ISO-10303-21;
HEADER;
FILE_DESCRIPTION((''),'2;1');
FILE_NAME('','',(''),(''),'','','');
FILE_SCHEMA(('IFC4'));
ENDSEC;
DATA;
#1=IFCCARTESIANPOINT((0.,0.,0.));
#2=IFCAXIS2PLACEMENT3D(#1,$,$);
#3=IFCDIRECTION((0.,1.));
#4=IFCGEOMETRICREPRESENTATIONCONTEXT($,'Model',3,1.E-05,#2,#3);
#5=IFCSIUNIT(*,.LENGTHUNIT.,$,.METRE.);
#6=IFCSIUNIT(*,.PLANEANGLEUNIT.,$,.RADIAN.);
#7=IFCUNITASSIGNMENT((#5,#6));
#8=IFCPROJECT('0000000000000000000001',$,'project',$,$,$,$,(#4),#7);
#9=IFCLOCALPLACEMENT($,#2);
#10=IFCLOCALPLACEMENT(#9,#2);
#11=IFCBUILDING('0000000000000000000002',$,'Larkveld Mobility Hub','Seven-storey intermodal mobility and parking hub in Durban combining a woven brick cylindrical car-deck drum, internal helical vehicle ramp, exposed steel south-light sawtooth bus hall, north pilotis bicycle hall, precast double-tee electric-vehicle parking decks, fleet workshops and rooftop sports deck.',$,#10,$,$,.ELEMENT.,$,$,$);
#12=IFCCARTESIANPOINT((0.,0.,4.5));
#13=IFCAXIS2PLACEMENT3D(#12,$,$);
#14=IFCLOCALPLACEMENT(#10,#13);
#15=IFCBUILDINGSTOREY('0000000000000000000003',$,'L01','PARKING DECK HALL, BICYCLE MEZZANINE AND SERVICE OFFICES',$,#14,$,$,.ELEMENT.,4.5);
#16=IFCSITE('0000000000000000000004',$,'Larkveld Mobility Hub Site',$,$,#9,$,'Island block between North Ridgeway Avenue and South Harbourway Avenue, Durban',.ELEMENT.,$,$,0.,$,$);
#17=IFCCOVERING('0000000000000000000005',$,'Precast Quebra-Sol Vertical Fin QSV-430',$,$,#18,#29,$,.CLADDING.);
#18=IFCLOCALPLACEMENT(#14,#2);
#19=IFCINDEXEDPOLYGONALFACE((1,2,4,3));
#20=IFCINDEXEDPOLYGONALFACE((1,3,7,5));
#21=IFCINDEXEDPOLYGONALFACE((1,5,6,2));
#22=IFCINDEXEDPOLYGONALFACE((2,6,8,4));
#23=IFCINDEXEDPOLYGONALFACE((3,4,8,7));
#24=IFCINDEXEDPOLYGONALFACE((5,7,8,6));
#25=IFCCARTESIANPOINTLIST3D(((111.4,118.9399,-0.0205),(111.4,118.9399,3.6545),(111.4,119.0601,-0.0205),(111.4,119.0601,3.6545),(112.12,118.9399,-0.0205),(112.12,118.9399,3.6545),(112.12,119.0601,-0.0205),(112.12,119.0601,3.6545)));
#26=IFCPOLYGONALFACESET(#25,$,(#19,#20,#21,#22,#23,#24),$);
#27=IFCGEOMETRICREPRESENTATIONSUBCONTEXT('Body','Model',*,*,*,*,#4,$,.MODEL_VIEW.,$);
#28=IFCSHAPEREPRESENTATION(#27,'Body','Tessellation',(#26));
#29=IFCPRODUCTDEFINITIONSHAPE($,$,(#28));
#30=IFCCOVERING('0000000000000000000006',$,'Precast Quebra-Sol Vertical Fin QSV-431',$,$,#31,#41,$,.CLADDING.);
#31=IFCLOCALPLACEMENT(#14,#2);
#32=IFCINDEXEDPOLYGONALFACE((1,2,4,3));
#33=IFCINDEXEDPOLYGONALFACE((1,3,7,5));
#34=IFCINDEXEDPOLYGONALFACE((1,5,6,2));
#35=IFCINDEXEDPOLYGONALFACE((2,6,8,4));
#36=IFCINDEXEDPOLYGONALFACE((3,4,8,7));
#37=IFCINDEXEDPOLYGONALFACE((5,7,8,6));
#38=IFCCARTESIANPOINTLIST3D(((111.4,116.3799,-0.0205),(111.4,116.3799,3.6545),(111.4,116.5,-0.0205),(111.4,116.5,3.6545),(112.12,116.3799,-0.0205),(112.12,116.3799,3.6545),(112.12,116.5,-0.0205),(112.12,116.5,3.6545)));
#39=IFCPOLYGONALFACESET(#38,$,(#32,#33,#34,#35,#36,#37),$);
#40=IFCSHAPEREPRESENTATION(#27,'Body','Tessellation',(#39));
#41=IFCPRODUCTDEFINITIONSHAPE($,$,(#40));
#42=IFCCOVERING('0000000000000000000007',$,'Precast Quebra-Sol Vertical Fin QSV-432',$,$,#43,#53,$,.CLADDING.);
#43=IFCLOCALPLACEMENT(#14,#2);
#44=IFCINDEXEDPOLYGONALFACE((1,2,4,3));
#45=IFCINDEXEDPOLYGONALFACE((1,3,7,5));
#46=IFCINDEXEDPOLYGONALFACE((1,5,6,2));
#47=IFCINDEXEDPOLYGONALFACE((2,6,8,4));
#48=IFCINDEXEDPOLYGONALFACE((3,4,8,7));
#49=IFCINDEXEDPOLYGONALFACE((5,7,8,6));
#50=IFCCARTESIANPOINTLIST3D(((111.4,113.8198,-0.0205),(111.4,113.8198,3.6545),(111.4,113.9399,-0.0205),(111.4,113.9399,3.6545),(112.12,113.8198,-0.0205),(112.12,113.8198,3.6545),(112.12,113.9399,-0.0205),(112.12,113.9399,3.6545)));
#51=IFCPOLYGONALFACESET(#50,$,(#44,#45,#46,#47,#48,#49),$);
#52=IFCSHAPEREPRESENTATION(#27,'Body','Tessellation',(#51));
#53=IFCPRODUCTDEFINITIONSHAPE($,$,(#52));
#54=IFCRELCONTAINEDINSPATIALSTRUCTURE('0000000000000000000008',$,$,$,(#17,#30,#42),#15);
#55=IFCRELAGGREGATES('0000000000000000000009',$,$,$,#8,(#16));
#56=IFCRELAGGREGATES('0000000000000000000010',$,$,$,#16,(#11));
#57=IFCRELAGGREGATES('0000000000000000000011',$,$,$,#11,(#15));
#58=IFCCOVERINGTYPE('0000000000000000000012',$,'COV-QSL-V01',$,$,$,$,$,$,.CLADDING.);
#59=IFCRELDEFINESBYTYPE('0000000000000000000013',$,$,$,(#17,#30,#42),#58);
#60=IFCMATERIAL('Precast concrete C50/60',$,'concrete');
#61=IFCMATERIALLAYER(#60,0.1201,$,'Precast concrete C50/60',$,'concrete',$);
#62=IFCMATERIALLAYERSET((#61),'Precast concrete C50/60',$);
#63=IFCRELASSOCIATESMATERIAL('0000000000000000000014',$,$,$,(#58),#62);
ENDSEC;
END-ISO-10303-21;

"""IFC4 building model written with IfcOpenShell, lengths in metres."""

from ifc_helpers import new_model, si_unit, direction, frame, origin, origin_2d, place, context, subcontext, project, spatial, rectangle, extrude, material, layer, layer_set, type_object, element, save


model = new_model("IFC4")

# Units and contexts
model_context = context("Model", 3, precision=1e-05, world=origin(), true_north=direction((0.0, 1.0)))
body_context = subcontext(model_context, "Body", "Model", "MODEL_VIEW")
ifc_project = project(units=[si_unit("LENGTHUNIT", "METRE"), si_unit("PLANEANGLEUNIT", "RADIAN")], contexts=[model_context])

# Site, building, storey
site_placement = place(None, origin())
site = spatial("IfcSite", under=ifc_project, at=site_placement, Name="Larkveld Mobility Hub Site", LongName="Island block between North Ridgeway Avenue and South Harbourway Avenue, Durban", CompositionType="ELEMENT", RefElevation=0.0)
building_placement = place(site_placement, origin())
building = spatial("IfcBuilding", under=site, at=building_placement, Name="Larkveld Mobility Hub", Description="Seven-storey intermodal mobility and parking hub in Durban combining a woven brick cylindrical car-deck drum, internal helical vehicle ramp, exposed steel south-light sawtooth bus hall, north pilotis bicycle hall, precast double-tee electric-vehicle parking decks, fleet workshops and rooftop sports deck.", CompositionType="ELEMENT")
storey_placement = place(building_placement, frame((0.0, 0.0, 4.5)))
storey = spatial("IfcBuildingStorey", under=building, at=storey_placement, Name="L01", Description="PARKING DECK HALL, BICYCLE MEZZANINE AND SERVICE OFFICES", CompositionType="ELEMENT", Elevation=4.5)

# Shared definitions
ifc_material_1 = material(Name="Precast concrete C50/60", Category="concrete")

# Coverings
ifc_layer_1 = layer(ifc_material_1, 0.1201, Name="Precast concrete C50/60", Category="concrete")
ifc_layer_set_1 = layer_set([ifc_layer_1], Name="Precast concrete C50/60")
covering_type_1 = type_object("IfcCoveringType", Name="COV-QSL-V01", PredefinedType="CLADDING", material=ifc_layer_set_1)
for number, where, z_axis, x_axis, name in (
    (1, (111.76, 119.0, -0.0205), (0.0, 0.0, 1.0), (0.0, -1.0, 0.0), "Precast Quebra-Sol Vertical Fin QSV-430"),
    (2, (111.76, 116.4399, -0.0205), (0.0, 0.0, 1.0), (0.0, -1.0, 0.0), "Precast Quebra-Sol Vertical Fin QSV-431"),
    (3, (111.76, 113.8799, -0.0205), (0.0, 0.0, 1.0), (0.0, -1.0, 0.0), "Precast Quebra-Sol Vertical Fin QSV-432"),
):
    element("IfcCovering", number, at=place(storey_placement, frame(where, z_axis=z_axis, x_axis=x_axis)), inside=storey, type_object=covering_type_1, Name=name, PredefinedType="CLADDING", context=body_context, shape_type="SweptSolid", body=[
        extrude(rectangle(XDim=0.1201, YDim=0.72, at=origin_2d()), origin(), (0.0, 0.0, 1.0), 3.675),
    ])

save(model, "model.ifc")
